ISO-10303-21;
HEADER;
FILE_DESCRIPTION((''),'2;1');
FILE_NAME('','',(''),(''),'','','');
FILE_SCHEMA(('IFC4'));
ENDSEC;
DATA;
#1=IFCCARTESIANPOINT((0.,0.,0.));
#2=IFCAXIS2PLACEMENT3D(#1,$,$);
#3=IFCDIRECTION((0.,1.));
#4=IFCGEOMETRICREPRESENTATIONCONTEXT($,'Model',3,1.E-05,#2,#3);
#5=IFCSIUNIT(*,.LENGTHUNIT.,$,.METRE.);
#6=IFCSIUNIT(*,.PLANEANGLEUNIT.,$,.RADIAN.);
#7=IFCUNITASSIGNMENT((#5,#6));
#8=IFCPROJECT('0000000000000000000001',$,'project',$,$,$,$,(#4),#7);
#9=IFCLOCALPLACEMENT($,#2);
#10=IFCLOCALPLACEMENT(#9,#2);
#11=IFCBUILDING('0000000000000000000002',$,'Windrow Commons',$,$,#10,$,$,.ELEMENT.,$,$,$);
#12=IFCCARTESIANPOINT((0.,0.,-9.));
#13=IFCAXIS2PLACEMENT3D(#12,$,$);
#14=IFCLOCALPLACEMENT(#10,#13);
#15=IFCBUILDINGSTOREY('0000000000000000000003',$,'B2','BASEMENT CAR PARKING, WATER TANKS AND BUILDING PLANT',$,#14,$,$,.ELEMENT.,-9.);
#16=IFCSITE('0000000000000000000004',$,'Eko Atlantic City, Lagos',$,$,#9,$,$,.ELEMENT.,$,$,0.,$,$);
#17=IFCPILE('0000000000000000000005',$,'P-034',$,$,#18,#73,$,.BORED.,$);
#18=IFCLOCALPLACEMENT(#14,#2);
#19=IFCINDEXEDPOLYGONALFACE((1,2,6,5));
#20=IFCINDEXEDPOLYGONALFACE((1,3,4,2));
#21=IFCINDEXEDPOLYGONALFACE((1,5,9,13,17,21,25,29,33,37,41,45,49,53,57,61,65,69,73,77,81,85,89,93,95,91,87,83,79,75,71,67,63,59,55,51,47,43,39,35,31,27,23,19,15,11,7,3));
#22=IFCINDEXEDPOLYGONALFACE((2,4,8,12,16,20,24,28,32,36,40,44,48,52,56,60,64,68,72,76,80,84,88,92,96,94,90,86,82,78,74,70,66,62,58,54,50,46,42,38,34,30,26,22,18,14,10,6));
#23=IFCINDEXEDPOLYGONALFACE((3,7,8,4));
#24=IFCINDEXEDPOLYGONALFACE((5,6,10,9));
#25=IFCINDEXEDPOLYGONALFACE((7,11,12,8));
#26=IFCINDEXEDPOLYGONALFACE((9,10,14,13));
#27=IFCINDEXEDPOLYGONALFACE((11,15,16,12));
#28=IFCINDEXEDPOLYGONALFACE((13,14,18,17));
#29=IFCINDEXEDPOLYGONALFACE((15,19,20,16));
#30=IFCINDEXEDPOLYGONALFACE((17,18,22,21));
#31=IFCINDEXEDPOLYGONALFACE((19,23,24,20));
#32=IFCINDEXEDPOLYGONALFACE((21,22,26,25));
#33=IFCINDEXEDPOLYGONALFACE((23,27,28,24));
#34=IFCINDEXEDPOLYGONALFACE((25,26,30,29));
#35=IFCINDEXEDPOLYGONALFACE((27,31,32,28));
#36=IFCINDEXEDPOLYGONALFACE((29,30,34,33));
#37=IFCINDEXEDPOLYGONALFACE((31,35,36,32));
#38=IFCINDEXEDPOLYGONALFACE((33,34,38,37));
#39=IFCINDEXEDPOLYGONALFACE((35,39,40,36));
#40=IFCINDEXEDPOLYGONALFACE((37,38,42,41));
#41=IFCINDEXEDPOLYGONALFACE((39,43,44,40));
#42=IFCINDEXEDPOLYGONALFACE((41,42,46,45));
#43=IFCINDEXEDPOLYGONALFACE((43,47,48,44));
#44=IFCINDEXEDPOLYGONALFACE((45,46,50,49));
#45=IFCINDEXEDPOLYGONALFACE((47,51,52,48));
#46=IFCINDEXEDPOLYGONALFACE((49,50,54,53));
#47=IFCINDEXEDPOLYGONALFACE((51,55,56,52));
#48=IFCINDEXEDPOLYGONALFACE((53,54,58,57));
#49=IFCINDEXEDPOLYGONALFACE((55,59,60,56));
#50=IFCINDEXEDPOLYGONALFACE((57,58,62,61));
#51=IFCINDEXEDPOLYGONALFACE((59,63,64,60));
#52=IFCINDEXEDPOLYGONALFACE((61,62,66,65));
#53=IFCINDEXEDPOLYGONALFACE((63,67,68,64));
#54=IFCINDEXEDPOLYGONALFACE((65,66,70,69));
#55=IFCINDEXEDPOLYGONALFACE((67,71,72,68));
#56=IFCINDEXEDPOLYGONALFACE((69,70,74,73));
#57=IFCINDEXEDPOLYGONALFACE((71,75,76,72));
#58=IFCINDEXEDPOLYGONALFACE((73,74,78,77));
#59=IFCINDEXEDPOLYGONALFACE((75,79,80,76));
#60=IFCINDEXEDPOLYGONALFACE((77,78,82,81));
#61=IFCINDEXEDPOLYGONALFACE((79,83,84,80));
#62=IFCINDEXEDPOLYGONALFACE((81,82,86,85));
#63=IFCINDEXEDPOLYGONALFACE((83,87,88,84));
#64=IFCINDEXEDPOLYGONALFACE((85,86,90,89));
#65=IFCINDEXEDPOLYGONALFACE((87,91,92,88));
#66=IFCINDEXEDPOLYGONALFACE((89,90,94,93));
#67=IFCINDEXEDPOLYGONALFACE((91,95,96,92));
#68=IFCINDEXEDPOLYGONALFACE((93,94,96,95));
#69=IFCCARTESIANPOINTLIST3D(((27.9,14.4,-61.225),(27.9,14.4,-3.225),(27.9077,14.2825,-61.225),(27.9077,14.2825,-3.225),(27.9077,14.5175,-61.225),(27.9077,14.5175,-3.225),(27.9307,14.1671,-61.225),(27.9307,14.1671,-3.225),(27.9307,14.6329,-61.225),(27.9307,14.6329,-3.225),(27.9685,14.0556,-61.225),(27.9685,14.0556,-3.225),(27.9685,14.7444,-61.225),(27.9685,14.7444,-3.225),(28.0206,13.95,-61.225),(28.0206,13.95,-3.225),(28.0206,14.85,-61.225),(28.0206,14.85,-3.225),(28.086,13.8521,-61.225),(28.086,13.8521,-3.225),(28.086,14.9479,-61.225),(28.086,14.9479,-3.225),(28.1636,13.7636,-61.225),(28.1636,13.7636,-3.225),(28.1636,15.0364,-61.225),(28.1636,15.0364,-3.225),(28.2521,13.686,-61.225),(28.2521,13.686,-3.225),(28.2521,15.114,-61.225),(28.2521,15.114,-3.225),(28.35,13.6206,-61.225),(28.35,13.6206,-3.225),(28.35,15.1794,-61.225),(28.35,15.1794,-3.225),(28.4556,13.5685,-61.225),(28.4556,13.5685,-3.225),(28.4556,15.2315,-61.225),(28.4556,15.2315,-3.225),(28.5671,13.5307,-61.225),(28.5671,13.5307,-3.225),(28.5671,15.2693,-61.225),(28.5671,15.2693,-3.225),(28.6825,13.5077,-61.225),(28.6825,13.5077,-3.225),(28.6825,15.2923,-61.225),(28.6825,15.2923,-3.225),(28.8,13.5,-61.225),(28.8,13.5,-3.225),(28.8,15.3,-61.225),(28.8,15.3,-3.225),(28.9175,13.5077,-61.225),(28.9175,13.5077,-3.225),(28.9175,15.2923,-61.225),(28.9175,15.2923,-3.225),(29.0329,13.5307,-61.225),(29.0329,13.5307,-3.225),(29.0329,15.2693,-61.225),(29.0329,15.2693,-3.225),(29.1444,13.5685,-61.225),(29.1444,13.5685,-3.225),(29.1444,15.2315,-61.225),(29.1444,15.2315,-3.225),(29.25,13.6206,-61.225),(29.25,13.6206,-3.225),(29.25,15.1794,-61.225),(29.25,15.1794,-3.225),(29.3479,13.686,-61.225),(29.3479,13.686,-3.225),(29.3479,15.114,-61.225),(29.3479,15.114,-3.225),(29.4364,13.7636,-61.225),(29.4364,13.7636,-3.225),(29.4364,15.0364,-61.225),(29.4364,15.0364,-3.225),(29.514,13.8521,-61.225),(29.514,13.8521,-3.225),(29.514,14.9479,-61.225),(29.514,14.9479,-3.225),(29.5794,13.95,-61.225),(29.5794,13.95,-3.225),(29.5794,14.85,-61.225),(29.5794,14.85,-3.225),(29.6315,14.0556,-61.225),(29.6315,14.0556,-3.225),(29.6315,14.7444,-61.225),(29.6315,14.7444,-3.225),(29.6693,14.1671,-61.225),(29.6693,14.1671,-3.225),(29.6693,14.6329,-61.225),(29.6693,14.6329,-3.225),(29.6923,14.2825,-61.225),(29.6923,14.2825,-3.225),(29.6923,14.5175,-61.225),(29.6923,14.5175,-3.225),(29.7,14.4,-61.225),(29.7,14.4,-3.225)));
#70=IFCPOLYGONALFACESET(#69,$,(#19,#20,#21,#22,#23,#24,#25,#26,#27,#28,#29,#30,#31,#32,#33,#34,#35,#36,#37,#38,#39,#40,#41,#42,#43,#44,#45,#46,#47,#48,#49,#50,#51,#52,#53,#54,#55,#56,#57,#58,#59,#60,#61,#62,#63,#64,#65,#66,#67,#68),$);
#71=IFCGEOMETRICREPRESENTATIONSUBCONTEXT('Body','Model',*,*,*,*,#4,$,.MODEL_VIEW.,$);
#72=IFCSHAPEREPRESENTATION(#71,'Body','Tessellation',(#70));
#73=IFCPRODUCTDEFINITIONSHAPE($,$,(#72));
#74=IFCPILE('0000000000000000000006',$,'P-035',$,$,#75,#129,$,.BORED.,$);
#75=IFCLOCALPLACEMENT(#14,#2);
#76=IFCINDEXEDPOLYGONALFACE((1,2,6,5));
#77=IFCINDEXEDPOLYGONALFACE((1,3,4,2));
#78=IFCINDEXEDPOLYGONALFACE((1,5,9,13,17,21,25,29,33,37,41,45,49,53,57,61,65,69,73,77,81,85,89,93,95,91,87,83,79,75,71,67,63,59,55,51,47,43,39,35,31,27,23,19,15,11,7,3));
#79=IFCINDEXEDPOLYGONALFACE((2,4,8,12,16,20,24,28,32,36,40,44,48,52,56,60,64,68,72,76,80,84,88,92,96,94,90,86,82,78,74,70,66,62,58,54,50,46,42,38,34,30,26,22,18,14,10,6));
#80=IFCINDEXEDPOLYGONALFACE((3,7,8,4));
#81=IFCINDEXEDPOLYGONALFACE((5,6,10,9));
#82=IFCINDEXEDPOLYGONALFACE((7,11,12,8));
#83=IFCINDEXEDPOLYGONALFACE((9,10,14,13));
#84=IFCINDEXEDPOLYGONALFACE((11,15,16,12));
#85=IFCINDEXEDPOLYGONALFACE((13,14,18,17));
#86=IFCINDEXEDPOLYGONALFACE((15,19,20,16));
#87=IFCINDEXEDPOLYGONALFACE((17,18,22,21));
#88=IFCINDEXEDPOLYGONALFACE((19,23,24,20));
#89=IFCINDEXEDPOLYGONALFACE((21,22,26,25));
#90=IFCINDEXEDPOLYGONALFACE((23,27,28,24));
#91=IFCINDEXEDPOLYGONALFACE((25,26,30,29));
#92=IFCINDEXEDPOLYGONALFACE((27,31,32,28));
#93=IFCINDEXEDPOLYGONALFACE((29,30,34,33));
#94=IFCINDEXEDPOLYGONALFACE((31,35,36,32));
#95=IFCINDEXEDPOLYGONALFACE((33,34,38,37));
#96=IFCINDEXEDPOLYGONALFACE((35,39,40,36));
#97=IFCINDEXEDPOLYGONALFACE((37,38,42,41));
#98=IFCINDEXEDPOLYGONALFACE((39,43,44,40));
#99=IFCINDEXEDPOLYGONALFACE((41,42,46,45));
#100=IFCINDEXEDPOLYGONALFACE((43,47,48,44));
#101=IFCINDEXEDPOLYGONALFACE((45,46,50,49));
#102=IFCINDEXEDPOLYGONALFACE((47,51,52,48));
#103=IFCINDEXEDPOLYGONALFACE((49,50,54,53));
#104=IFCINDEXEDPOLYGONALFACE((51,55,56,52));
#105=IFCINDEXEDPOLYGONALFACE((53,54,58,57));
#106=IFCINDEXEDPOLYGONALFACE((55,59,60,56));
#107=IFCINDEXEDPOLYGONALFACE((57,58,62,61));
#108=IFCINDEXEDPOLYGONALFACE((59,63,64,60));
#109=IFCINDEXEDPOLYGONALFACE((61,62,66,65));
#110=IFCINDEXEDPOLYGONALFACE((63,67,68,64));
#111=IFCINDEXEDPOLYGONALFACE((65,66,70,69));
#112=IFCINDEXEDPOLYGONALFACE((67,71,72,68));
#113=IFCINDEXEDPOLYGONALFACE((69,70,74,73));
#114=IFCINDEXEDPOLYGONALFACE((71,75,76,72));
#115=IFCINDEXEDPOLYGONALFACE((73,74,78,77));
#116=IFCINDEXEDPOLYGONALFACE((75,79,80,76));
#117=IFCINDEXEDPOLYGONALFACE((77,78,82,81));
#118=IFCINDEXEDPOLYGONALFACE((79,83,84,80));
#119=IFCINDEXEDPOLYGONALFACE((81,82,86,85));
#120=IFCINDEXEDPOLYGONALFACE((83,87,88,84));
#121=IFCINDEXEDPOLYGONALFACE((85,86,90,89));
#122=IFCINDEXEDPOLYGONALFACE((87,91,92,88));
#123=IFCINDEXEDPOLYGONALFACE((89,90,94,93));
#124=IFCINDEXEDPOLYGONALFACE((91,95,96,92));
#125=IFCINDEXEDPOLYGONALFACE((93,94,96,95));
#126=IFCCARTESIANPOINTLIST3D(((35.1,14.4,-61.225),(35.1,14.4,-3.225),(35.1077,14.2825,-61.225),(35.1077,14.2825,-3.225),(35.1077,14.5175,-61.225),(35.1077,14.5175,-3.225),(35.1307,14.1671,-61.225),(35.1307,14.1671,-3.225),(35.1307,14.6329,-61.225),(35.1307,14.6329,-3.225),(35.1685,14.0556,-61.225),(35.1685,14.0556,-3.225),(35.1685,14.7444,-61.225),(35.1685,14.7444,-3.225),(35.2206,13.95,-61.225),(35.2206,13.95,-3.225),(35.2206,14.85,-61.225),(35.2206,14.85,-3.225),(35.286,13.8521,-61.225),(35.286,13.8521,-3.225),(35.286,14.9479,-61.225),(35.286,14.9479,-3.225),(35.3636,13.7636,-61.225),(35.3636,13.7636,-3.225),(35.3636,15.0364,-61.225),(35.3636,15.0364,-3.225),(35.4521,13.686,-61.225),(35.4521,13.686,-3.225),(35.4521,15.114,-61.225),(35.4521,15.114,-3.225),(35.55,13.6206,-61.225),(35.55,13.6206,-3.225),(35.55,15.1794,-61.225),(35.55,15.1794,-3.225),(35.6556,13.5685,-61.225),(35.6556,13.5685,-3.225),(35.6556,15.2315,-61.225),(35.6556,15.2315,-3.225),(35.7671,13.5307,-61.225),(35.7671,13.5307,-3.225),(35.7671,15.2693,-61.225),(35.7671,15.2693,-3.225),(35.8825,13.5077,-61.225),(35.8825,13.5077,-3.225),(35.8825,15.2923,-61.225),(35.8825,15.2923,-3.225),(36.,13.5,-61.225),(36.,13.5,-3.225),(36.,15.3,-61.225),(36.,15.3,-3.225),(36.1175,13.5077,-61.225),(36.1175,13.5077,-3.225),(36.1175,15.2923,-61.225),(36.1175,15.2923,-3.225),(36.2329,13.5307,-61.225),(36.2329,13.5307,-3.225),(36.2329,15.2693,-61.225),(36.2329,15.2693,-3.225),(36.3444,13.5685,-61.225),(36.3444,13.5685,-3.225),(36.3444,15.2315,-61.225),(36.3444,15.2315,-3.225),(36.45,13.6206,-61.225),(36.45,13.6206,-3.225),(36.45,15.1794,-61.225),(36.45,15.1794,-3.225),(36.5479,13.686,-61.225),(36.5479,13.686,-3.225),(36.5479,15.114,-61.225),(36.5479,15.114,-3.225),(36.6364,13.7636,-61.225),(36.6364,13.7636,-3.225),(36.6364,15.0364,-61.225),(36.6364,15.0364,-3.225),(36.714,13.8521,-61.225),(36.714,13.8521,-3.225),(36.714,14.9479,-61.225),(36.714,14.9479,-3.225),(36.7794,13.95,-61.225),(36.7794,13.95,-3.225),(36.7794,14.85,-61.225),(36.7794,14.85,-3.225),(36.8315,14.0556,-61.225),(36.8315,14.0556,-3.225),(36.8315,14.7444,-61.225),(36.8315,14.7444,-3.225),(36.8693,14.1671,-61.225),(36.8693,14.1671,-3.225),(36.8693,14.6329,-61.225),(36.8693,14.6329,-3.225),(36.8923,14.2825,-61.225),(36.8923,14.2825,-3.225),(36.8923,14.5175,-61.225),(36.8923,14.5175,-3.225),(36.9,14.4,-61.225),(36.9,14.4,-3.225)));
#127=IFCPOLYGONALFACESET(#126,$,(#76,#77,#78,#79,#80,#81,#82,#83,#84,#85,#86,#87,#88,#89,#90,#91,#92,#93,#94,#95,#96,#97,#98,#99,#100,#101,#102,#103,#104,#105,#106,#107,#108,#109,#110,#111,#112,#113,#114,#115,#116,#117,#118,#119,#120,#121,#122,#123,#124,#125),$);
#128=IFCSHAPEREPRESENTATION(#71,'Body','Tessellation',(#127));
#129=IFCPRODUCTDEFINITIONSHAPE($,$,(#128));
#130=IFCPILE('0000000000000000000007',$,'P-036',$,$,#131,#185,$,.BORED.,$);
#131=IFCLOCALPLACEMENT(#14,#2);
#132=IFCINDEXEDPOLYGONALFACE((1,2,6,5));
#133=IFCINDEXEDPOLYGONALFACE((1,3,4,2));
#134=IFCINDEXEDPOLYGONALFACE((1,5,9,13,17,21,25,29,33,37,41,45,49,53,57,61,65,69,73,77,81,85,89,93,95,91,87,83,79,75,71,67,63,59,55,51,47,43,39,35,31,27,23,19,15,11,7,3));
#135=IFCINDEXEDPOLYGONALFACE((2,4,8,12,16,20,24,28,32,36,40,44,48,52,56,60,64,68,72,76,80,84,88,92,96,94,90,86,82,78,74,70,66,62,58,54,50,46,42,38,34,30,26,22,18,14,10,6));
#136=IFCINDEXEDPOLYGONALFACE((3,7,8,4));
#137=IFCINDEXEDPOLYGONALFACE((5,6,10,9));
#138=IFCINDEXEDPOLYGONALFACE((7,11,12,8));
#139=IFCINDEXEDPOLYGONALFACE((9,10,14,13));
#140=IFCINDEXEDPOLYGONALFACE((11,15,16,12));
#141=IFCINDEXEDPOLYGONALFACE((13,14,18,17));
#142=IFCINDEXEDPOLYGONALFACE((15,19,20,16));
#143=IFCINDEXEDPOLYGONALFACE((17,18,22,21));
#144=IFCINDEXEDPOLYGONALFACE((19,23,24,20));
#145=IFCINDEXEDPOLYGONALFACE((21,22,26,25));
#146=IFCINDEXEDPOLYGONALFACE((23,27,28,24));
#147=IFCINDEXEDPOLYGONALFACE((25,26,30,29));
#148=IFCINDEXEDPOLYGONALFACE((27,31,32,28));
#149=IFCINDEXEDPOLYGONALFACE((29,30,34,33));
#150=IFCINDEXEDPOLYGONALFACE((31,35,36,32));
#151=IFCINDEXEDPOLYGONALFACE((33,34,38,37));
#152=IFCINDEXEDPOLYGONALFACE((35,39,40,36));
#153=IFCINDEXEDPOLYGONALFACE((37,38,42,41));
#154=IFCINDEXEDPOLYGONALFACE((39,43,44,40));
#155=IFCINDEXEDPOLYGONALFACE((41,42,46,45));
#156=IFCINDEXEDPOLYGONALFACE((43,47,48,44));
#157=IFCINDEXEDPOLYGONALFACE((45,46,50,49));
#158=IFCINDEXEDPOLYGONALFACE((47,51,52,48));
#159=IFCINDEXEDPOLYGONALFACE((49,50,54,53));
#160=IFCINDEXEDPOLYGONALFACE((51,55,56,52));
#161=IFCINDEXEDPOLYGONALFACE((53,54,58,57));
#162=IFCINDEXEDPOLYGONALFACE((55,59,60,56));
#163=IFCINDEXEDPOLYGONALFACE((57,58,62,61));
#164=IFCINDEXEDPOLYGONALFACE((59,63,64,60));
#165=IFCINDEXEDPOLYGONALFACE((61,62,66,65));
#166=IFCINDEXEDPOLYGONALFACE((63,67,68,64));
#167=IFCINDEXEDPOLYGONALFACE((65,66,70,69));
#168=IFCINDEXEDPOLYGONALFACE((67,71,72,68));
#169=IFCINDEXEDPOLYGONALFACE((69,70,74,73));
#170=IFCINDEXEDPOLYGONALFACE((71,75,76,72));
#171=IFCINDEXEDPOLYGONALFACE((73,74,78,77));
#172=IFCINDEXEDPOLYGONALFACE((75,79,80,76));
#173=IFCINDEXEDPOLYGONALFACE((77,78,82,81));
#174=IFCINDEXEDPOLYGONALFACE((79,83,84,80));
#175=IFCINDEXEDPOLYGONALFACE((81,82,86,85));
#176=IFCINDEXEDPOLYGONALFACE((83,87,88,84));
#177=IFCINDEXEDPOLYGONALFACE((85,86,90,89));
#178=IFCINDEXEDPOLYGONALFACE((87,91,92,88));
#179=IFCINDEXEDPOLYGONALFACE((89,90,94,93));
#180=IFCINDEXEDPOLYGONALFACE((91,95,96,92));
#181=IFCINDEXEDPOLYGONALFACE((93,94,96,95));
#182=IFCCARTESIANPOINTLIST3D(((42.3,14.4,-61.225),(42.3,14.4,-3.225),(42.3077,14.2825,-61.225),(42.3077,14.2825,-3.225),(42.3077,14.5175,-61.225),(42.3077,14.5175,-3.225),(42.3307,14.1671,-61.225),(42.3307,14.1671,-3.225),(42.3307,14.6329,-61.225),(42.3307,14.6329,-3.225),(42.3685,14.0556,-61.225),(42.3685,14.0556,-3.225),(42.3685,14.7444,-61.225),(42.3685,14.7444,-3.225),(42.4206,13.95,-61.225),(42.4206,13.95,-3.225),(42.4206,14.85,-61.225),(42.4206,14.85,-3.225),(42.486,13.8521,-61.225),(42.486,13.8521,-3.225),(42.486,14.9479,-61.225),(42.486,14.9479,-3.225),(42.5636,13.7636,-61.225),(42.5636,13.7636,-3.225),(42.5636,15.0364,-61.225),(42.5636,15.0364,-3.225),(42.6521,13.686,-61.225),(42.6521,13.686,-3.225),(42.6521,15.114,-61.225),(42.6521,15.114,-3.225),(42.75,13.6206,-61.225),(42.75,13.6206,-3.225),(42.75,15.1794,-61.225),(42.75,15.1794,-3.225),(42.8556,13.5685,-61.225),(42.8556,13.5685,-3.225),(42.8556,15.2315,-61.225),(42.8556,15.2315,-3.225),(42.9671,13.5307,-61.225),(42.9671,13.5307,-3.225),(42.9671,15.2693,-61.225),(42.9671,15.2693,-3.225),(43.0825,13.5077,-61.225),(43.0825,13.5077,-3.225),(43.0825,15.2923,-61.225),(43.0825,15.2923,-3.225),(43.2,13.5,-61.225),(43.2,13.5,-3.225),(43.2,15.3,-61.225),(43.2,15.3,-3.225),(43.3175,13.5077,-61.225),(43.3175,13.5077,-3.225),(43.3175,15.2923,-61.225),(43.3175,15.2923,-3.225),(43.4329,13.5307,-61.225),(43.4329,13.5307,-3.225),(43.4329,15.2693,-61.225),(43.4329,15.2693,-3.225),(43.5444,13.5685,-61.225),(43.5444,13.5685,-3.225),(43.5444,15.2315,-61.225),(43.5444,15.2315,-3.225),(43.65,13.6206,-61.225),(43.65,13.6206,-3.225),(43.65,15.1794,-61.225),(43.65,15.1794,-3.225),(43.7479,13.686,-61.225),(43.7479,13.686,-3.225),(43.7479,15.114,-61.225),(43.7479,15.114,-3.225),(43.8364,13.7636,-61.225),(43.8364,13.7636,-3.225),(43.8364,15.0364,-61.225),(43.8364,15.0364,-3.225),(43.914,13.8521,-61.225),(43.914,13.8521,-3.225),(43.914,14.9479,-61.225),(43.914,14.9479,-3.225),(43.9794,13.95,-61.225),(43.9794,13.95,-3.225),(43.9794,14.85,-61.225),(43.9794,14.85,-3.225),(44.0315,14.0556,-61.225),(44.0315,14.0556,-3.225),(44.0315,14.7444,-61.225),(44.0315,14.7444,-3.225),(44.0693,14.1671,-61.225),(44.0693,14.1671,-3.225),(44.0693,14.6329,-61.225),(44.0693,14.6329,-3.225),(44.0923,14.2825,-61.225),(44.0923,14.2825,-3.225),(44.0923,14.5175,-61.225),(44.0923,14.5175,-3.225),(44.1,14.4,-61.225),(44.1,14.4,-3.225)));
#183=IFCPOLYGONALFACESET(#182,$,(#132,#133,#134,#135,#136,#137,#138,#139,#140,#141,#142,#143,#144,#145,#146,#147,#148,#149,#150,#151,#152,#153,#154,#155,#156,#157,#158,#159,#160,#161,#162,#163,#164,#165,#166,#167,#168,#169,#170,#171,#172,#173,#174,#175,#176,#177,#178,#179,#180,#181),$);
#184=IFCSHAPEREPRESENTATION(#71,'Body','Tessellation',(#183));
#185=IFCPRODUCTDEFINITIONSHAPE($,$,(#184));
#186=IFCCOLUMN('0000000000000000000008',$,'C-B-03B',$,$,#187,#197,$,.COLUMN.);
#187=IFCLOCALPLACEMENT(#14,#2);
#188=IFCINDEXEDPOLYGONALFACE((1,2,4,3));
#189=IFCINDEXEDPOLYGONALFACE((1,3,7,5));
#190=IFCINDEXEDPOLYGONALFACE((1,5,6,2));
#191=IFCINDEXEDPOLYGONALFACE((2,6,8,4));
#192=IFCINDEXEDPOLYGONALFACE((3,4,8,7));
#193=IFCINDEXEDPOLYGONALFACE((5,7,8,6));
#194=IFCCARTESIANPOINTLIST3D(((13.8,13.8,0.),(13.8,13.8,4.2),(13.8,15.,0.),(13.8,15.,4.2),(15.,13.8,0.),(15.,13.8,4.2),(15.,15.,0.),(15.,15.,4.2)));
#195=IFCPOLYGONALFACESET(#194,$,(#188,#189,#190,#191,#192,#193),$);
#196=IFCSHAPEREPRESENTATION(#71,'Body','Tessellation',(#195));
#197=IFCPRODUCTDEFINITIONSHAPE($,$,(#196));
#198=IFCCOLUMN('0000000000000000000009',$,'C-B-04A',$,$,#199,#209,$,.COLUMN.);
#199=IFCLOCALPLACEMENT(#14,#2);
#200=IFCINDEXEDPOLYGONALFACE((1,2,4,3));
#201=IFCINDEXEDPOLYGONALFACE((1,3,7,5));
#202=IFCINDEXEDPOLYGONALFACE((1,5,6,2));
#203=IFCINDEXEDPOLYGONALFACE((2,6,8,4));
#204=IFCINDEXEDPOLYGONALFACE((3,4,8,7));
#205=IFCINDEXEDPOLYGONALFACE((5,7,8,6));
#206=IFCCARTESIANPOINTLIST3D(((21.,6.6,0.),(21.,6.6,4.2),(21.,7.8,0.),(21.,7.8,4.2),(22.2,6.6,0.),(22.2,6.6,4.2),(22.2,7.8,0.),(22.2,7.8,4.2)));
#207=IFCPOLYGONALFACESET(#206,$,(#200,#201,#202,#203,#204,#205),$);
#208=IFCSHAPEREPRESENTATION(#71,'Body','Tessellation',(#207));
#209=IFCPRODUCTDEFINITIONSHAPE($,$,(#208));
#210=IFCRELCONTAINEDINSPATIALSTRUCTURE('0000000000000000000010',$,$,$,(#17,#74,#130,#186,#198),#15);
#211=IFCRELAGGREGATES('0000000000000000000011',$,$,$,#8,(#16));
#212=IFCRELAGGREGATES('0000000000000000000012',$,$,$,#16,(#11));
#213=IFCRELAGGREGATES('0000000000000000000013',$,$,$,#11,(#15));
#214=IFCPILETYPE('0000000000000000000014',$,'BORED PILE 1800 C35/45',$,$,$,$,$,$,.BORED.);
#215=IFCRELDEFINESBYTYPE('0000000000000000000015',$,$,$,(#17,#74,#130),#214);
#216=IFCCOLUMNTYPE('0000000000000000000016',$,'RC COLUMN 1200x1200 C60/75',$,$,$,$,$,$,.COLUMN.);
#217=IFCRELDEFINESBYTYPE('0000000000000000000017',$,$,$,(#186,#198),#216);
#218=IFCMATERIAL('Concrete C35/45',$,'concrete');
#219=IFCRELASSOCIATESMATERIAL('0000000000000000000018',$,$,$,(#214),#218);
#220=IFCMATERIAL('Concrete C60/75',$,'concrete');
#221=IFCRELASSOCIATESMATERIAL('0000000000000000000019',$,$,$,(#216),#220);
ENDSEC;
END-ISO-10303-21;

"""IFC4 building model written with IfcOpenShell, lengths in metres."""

from ifc_helpers import new_model, si_unit, direction, frame, origin, origin_2d, place, context, subcontext, project, spatial, rectangle, circle, extrude, material, material_profile, profile_set, type_object, element, save


model = new_model("IFC4")

# Units and contexts
model_context = context("Model", 3, precision=1e-05, world=origin(), true_north=direction((0.0, 1.0)))
body_context = subcontext(model_context, "Body", "Model", "MODEL_VIEW")
ifc_project = project(units=[si_unit("LENGTHUNIT", "METRE"), si_unit("PLANEANGLEUNIT", "RADIAN")], contexts=[model_context])

# Site, building, storey
site_placement = place(None, origin())
site = spatial("IfcSite", under=ifc_project, at=site_placement, Name="Eko Atlantic City, Lagos", CompositionType="ELEMENT", RefElevation=0.0)
building_placement = place(site_placement, origin())
building = spatial("IfcBuilding", under=site, at=building_placement, Name="Windrow Commons", CompositionType="ELEMENT")
storey_placement = place(building_placement, frame((0.0, 0.0, -9.0)))
storey = spatial("IfcBuildingStorey", under=building, at=storey_placement, Name="B2", Description="BASEMENT CAR PARKING, WATER TANKS AND BUILDING PLANT", CompositionType="ELEMENT", Elevation=-9.0)

# Piles
ifc_material_1 = material(Name="Concrete C35/45", Category="concrete")
ifc_material_profile_1 = material_profile(ifc_material_1, circle(Radius=0.9, at=origin_2d()))
ifc_profile_set_1 = profile_set([ifc_material_profile_1], Name="Concrete C35/45")
pile_type = type_object("IfcPileType", Name="BORED PILE 1800 C35/45", PredefinedType="BORED", material=ifc_profile_set_1)
for number, where, z_axis, x_axis, name in (
    (1, (28.8, 14.4, -3.225), (0.0, 0.0, -1.0), (1.0, 0.0, 0.0), "P-034"),
    (2, (36.0, 14.4, -3.225), (0.0, 0.0, -1.0), (1.0, 0.0, 0.0), "P-035"),
    (3, (43.2, 14.4, -3.225), (0.0, 0.0, -1.0), (1.0, 0.0, 0.0), "P-036"),
):
    element("IfcPile", number, at=place(storey_placement, frame(where, z_axis=z_axis, x_axis=x_axis)), inside=storey, type_object=pile_type, Name=name, PredefinedType="BORED", context=body_context, shape_type="SweptSolid", body=[
        extrude(circle(Radius=0.9, at=origin_2d()), origin(), (0.0, 0.0, 1.0), 58.0),
    ])

# Columns
ifc_material_2 = material(Name="Concrete C60/75", Category="concrete")
ifc_material_profile_2 = material_profile(ifc_material_2, rectangle(XDim=1.2, YDim=1.2, at=origin_2d()))
ifc_profile_set_2 = profile_set([ifc_material_profile_2], Name="Concrete C60/75")
column_type = type_object("IfcColumnType", Name="RC COLUMN 1200x1200 C60/75", PredefinedType="COLUMN", material=ifc_profile_set_2)
for number, where, z_axis, x_axis, name in (
    (4, (14.4, 14.4, 0.0), (0.0, 0.0, 1.0), (1.0, 0.0, 0.0), "C-B-03B"),
    (5, (21.6, 7.2, 0.0), (0.0, 0.0, 1.0), (1.0, 0.0, 0.0), "C-B-04A"),
):
    element("IfcColumn", number, at=place(storey_placement, frame(where, z_axis=z_axis, x_axis=x_axis)), inside=storey, type_object=column_type, Name=name, PredefinedType="COLUMN", context=body_context, shape_type="SweptSolid", body=[
        extrude(rectangle(XDim=1.2, YDim=1.2, at=origin_2d()), origin(), (0.0, 0.0, 1.0), 4.2),
    ])

save(model, "model.ifc")
